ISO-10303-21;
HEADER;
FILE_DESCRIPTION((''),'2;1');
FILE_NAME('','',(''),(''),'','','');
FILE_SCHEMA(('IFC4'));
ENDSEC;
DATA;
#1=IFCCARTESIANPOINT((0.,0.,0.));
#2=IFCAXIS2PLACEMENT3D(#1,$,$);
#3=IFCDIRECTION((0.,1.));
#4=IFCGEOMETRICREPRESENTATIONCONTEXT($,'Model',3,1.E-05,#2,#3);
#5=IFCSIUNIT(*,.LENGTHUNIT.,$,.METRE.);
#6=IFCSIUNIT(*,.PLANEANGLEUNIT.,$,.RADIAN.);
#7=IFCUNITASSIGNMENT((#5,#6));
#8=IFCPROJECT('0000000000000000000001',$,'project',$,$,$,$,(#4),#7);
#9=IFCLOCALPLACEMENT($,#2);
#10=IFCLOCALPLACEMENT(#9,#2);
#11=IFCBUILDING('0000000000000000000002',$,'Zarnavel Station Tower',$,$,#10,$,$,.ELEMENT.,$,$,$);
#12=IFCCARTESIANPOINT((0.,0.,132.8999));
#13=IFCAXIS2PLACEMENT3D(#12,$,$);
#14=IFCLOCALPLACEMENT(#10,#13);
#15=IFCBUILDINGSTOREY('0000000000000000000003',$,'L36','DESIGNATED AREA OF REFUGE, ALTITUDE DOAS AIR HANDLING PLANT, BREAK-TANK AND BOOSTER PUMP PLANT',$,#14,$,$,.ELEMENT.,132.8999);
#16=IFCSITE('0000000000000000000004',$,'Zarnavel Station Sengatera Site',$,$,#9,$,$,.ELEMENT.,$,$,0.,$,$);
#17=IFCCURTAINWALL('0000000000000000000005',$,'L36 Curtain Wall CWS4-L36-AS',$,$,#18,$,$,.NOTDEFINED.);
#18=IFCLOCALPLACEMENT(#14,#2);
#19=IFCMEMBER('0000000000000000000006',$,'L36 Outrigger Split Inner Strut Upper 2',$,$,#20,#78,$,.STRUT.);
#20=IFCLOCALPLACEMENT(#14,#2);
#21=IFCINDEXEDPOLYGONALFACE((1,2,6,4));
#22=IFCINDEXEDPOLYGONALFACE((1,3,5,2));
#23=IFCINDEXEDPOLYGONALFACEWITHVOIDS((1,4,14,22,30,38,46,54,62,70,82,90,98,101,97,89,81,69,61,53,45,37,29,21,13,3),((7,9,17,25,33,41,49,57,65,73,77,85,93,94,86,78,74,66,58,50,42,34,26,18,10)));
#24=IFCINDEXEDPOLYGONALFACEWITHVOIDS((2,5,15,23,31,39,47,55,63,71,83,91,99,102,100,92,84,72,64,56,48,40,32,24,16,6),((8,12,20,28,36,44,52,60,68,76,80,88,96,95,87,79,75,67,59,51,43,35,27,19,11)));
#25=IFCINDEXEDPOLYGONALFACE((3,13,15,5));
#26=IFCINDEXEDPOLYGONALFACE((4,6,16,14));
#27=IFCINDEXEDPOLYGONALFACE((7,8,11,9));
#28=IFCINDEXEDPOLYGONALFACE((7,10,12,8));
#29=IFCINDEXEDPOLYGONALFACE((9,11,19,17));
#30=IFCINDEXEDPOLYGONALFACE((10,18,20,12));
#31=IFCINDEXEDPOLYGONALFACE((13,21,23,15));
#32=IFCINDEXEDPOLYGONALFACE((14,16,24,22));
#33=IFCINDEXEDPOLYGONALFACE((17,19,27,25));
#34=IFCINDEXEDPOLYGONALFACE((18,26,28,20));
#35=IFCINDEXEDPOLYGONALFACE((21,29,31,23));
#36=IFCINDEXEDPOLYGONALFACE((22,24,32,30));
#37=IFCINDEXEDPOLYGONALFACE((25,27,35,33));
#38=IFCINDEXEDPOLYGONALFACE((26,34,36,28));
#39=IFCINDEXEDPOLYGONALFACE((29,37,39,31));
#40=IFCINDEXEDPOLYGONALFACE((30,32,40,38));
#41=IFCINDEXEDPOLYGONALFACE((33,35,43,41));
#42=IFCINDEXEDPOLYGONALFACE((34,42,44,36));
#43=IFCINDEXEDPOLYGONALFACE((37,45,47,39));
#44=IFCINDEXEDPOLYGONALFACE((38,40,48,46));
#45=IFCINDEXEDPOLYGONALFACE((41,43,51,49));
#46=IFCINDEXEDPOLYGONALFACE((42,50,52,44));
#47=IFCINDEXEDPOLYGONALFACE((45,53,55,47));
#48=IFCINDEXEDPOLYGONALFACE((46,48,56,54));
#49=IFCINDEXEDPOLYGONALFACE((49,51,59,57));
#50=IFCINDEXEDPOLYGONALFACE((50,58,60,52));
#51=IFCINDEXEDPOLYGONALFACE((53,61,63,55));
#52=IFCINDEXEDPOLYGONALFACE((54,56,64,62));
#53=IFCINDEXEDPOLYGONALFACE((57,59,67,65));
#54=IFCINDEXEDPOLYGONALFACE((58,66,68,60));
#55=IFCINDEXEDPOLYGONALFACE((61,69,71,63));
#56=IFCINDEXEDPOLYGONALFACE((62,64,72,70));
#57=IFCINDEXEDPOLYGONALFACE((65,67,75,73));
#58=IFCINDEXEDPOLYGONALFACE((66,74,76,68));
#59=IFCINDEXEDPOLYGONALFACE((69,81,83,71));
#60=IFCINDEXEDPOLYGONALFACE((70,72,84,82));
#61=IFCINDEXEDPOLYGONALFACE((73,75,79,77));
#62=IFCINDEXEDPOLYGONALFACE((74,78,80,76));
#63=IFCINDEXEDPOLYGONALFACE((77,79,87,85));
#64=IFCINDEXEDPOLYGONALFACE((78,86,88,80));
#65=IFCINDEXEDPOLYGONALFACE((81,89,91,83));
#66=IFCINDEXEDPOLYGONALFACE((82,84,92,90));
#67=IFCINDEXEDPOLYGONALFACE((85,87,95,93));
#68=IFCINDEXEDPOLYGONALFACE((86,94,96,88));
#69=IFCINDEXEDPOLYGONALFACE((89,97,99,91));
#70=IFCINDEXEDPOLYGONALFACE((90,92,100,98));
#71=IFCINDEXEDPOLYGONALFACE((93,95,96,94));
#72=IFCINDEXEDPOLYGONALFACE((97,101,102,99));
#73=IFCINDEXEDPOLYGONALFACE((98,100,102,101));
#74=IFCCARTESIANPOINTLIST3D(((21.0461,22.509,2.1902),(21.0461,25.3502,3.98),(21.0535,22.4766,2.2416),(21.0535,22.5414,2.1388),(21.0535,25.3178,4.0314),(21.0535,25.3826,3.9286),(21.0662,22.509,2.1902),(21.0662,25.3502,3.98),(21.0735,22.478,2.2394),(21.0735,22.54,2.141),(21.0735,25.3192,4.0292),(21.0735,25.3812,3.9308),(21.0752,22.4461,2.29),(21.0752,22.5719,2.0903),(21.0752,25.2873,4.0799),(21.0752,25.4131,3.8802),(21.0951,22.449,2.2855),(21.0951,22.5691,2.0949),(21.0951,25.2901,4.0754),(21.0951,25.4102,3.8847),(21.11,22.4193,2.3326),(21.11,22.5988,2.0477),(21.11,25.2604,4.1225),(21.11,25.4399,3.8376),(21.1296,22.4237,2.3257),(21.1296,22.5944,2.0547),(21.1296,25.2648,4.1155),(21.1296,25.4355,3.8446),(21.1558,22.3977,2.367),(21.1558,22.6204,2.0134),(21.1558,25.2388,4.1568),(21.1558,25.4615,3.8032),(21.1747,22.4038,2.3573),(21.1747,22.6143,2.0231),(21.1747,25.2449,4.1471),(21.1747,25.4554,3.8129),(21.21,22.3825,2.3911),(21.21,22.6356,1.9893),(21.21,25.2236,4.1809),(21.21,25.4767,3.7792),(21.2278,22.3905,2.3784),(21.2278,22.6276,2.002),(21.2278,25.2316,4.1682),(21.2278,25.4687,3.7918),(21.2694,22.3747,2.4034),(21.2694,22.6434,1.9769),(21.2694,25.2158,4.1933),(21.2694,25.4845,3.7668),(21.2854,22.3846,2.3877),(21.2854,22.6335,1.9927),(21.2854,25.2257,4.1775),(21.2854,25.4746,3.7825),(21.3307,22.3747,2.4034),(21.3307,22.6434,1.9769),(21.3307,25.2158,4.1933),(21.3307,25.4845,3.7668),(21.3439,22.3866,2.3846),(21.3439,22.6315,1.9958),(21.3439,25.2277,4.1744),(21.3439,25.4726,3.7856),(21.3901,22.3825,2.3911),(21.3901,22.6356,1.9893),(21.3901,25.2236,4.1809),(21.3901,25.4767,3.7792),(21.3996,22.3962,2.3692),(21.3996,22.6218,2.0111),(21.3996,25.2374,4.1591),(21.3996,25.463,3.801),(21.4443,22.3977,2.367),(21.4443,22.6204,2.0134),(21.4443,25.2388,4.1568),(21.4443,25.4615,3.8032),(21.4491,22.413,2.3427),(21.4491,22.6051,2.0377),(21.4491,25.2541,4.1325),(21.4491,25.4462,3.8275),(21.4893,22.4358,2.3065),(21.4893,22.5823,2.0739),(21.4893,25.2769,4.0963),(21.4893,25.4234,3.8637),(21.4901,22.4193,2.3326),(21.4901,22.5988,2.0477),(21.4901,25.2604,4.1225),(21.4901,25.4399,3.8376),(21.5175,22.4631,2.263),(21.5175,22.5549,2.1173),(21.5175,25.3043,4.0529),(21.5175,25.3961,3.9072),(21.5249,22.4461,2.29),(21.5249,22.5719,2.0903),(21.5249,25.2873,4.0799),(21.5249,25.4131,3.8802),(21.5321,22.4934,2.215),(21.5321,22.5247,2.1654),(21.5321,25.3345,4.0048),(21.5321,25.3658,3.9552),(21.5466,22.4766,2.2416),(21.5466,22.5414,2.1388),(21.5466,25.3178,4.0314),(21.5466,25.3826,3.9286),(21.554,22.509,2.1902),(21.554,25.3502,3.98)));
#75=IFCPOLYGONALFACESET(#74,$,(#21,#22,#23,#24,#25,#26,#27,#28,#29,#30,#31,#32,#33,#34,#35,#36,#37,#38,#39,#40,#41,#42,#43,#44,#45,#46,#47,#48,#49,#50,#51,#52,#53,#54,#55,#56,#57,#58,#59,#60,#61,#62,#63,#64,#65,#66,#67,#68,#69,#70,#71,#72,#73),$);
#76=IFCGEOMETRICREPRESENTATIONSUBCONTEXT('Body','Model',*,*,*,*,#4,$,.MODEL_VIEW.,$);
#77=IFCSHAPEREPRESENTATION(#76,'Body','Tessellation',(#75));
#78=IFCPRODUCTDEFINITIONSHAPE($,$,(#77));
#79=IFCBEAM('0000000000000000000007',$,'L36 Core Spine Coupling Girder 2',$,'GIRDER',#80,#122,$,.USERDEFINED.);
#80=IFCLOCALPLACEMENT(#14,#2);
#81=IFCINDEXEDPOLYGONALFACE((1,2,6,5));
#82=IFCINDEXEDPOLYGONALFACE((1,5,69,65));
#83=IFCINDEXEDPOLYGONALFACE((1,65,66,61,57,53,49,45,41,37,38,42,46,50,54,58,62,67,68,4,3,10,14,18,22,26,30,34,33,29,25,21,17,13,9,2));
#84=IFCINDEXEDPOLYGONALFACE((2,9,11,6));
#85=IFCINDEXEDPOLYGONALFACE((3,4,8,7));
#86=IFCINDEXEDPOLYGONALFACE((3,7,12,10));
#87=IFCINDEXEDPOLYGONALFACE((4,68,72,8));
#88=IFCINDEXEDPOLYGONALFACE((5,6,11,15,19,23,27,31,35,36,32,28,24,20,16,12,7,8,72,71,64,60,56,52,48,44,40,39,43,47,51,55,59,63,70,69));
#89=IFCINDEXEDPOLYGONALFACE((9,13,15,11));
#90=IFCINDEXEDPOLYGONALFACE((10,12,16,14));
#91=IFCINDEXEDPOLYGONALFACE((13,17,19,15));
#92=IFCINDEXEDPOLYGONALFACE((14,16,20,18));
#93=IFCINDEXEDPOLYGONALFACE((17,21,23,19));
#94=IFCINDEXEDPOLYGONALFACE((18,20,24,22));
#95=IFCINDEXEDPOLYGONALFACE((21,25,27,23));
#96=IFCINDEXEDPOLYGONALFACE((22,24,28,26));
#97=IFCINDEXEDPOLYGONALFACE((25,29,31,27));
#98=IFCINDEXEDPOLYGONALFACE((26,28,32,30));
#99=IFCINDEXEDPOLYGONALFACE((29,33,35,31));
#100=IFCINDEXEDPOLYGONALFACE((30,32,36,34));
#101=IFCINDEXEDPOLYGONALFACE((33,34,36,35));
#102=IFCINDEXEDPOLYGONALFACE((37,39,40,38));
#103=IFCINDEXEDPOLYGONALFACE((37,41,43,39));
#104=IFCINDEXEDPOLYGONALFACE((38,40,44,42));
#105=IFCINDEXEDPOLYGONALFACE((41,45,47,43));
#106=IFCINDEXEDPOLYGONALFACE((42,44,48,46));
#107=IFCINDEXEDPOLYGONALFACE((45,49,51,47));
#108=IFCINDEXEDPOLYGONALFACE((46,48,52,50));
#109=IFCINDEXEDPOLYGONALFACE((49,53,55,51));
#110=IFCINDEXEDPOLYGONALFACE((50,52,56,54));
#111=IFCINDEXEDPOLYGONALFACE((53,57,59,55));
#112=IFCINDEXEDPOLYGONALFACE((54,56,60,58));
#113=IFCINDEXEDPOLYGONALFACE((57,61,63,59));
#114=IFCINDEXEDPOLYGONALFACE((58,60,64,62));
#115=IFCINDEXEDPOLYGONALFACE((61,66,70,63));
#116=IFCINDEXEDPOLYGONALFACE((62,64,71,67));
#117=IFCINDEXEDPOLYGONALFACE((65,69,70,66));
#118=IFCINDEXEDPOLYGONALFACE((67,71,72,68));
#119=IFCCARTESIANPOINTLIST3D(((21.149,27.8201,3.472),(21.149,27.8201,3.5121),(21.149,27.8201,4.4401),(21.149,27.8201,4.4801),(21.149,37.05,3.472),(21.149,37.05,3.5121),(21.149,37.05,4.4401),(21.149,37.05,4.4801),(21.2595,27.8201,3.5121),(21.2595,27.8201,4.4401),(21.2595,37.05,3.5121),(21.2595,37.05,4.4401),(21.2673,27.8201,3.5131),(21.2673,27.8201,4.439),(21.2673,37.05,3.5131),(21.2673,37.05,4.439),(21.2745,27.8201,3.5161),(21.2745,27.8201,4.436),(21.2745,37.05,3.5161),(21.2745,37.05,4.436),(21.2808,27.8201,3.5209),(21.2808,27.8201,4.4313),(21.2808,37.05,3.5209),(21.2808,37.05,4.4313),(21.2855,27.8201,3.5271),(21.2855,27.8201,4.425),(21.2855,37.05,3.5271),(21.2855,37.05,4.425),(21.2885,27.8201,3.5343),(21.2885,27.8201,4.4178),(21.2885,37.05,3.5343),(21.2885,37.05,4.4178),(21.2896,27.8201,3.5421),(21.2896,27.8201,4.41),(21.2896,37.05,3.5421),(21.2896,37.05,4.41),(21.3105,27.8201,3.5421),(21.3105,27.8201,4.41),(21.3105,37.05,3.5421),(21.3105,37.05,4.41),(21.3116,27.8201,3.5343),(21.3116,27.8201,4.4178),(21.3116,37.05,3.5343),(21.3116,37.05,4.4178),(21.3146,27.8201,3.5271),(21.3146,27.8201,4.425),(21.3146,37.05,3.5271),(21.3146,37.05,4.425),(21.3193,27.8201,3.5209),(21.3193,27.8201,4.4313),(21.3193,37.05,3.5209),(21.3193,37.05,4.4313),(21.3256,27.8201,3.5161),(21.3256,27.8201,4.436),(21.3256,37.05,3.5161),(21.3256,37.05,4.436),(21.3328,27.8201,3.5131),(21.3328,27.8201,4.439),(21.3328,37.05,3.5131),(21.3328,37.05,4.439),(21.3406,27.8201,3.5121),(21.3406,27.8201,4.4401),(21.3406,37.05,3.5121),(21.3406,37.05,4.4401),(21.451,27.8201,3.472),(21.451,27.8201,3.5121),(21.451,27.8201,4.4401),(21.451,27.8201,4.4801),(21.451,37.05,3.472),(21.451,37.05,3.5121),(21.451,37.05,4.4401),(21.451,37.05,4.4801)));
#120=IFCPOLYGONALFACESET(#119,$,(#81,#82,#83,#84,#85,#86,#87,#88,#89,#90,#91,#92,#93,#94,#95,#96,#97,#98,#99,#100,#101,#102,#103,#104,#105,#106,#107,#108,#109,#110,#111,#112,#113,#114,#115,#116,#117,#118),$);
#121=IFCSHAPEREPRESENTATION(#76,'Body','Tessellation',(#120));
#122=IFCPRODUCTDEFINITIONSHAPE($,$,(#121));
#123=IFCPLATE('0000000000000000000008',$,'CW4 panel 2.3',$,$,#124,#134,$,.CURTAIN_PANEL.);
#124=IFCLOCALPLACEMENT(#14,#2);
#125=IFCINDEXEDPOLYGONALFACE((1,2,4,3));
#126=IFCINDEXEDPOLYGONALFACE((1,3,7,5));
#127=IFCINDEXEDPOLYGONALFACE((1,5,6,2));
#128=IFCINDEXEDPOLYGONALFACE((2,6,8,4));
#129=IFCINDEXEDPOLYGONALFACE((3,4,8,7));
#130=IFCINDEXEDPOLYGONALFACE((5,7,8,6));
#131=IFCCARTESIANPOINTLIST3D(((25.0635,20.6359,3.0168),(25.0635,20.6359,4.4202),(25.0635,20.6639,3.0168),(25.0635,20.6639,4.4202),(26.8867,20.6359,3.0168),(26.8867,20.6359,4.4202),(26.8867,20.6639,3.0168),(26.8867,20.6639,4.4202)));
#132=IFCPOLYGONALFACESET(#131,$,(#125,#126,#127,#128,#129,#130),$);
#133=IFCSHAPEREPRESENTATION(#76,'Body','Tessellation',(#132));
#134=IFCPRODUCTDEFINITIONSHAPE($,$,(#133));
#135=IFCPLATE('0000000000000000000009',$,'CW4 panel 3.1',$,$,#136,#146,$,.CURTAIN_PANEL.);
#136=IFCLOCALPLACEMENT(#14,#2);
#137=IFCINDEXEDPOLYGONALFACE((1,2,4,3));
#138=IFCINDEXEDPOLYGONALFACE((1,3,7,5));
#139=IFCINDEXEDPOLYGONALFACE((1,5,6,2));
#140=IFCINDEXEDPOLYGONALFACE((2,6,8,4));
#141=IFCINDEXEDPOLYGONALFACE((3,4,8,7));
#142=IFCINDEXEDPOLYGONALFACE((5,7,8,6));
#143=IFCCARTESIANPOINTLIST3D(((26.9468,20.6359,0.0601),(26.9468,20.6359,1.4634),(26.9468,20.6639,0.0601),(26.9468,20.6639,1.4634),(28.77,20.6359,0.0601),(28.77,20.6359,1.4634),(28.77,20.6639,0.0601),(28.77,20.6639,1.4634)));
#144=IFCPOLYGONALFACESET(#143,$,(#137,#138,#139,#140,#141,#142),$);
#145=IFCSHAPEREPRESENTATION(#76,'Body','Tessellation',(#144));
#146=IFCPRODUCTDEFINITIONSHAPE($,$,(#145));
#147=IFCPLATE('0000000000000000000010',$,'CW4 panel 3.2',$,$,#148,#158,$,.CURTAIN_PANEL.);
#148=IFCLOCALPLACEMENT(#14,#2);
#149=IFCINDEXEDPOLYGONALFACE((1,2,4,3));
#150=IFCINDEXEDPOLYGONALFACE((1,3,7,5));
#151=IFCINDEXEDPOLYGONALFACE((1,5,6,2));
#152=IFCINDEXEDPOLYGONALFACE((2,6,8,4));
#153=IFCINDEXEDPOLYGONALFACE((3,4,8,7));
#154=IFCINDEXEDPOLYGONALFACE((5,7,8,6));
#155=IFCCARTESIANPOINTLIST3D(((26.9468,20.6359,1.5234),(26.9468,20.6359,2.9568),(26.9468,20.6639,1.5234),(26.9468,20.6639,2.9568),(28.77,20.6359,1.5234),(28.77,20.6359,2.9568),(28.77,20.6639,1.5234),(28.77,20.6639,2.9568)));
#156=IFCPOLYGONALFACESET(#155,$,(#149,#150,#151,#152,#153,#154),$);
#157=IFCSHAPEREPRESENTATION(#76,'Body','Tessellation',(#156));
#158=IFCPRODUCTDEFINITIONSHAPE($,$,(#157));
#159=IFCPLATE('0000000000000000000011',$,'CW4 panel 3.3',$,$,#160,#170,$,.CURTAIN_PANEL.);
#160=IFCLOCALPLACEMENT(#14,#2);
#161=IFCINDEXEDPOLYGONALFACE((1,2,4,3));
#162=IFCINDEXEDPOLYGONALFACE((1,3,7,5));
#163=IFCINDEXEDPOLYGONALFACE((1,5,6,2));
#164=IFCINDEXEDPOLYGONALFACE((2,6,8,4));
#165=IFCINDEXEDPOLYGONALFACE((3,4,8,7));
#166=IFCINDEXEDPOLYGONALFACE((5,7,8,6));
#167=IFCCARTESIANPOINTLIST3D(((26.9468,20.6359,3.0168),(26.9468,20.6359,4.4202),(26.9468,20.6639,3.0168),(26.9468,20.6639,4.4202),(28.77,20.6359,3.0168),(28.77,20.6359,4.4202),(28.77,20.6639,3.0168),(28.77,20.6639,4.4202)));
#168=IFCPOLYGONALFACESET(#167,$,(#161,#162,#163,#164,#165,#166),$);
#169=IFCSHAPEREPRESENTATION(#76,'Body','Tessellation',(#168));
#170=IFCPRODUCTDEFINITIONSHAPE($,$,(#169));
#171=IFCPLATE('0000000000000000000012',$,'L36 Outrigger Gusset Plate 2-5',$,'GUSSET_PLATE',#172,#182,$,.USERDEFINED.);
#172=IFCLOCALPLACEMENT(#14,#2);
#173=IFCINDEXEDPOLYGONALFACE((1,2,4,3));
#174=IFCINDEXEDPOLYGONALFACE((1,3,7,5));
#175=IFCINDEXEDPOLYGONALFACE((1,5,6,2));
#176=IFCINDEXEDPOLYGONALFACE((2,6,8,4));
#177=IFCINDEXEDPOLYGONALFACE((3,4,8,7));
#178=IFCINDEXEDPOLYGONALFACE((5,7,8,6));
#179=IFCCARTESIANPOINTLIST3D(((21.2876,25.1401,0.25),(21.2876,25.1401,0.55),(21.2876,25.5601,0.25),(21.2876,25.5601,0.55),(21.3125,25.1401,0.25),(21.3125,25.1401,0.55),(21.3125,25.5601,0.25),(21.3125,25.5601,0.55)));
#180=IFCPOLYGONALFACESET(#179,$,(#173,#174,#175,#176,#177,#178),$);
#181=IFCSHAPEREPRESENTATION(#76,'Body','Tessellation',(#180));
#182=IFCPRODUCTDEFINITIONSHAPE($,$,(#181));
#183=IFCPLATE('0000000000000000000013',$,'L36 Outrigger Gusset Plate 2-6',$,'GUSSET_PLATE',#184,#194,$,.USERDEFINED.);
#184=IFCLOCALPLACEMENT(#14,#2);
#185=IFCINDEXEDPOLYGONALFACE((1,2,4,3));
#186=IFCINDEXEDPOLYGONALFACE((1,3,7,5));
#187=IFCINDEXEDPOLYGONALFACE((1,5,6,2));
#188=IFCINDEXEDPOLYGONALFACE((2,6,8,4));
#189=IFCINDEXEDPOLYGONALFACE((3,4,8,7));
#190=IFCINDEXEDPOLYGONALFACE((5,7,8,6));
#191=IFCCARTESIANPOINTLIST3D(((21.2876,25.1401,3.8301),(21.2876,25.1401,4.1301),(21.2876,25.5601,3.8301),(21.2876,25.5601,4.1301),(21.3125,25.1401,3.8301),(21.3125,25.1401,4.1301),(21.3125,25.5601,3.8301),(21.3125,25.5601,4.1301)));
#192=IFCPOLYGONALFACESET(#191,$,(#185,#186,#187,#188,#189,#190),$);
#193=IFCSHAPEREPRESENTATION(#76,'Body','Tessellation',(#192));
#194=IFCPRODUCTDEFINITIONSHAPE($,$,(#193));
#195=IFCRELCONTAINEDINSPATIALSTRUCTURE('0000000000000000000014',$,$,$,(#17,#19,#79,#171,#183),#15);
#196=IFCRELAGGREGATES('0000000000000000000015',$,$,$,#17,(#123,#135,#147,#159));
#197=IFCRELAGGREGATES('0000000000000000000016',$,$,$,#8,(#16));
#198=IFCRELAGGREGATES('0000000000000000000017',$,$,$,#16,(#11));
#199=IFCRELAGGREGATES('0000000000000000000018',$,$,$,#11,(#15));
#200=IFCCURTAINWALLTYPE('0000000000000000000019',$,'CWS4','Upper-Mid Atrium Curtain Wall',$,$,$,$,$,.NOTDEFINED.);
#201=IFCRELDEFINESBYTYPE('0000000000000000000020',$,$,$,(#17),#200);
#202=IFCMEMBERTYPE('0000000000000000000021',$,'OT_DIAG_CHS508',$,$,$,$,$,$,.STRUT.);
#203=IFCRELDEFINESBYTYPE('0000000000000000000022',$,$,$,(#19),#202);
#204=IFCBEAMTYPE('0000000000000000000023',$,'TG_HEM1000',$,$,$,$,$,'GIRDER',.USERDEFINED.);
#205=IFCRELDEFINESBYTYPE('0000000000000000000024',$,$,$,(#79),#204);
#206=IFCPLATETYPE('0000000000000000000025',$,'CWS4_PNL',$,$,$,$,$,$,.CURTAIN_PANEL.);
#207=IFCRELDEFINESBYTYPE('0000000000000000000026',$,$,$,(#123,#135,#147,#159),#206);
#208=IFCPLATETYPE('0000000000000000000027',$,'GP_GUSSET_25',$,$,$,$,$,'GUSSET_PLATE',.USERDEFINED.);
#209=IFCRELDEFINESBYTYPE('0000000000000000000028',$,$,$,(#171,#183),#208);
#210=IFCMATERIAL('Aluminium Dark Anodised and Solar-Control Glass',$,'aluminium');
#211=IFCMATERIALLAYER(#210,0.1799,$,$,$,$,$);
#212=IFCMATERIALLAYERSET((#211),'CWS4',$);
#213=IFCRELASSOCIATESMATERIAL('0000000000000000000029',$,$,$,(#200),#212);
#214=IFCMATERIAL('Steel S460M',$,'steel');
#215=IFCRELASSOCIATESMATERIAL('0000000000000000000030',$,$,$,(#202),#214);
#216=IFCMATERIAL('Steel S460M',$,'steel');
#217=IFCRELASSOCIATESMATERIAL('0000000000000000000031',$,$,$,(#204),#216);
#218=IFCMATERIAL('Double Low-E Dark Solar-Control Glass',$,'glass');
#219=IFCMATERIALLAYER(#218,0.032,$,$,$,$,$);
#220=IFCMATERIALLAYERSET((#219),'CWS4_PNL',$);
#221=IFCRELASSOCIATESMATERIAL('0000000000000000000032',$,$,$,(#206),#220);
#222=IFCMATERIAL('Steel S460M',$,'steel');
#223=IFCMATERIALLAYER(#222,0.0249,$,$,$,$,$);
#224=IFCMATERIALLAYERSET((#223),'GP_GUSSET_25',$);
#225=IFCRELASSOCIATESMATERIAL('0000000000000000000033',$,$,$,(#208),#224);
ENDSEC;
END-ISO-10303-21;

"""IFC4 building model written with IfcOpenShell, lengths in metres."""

from ifc_helpers import new_model, si_unit, direction, frame, origin, origin_2d, place, context, subcontext, project, spatial, rectangle, hollow_circle, i_section, extrude, material, layer, layer_set, material_profile, profile_set, type_object, element, aggregate, save


model = new_model("IFC4")

# Units and contexts
model_context = context("Model", 3, precision=1e-05, world=origin(), true_north=direction((0.0, 1.0)))
body_context = subcontext(model_context, "Body", "Model", "MODEL_VIEW")
ifc_project = project(units=[si_unit("LENGTHUNIT", "METRE"), si_unit("PLANEANGLEUNIT", "RADIAN")], contexts=[model_context])

# Site, building, storey
site_placement = place(None, origin())
site = spatial("IfcSite", under=ifc_project, at=site_placement, Name="Zarnavel Station Sengatera Site", CompositionType="ELEMENT", RefElevation=0.0)
building_placement = place(site_placement, origin())
building = spatial("IfcBuilding", under=site, at=building_placement, Name="Zarnavel Station Tower", CompositionType="ELEMENT")
storey_placement = place(building_placement, frame((0.0, 0.0, 132.8999)))
storey = spatial("IfcBuildingStorey", under=building, at=storey_placement, Name="L36", Description="DESIGNATED AREA OF REFUGE, ALTITUDE DOAS AIR HANDLING PLANT, BREAK-TANK AND BOOSTER PUMP PLANT", CompositionType="ELEMENT", Elevation=132.8999)

# Curtain wall
ifc_material_1 = material(Name="Aluminium Dark Anodised and Solar-Control Glass", Category="aluminium")
ifc_layer_1 = layer(ifc_material_1, 0.1799)
ifc_layer_set_1 = layer_set([ifc_layer_1], Name="CWS4")
curtain_wall_type = type_object("IfcCurtainWallType", Name="CWS4", Description="Upper-Mid Atrium Curtain Wall", PredefinedType="NOTDEFINED", material=ifc_layer_set_1)
curtain_wall_placement = place(storey_placement, origin())
curtain_wall = element("IfcCurtainWall", 1, at=curtain_wall_placement, inside=storey, type_object=curtain_wall_type, Name="L36 Curtain Wall CWS4-L36-AS", PredefinedType="NOTDEFINED")

# Member
ifc_material_2 = material(Name="Steel S460M", Category="steel")
ifc_material_profile_1 = material_profile(ifc_material_2, hollow_circle(Radius=0.2539, WallThickness=0.02, at=origin_2d()), Name="CHS508x20")
ifc_profile_set_1 = profile_set([ifc_material_profile_1], Name="Steel S460M")
member_type_1 = type_object("IfcMemberType", Name="OT_DIAG_CHS508", PredefinedType="STRUT", material=ifc_profile_set_1)
member_1_placement = place(storey_placement, frame((21.3, 22.509, 2.1902), z_axis=(0.0, 0.846102, 0.533022), x_axis=(-1.0, 0.0, 0.0)))
element("IfcMember", 2, at=member_1_placement, inside=storey, type_object=member_type_1, Name="L36 Outrigger Split Inner Strut Upper 2", PredefinedType="STRUT", context=body_context, shape_type="SweptSolid", body=[
    extrude(hollow_circle(Radius=0.2539, WallThickness=0.02, at=origin_2d()), origin(), (0.0, 0.0, 1.0), 3.3579),
])

# Beam
ifc_material_3 = material(Name="Steel S460M", Category="steel")
ifc_material_profile_2 = material_profile(ifc_material_3, i_section(OverallWidth=0.302, OverallDepth=1.0081, WebThickness=0.021, FlangeThickness=0.04, FilletRadius=0.03, at=origin_2d()), Name="HEM1000")
ifc_profile_set_2 = profile_set([ifc_material_profile_2], Name="Steel S460M")
beam_type_1 = type_object("IfcBeamType", Name="TG_HEM1000", ElementType="GIRDER", PredefinedType="USERDEFINED", material=ifc_profile_set_2)
beam_1_placement = place(storey_placement, frame((21.3, 27.8201, 3.9761), z_axis=(0.0, 1.0, 0.0), x_axis=(-1.0, 0.0, 0.0)))
element("IfcBeam", 3, at=beam_1_placement, inside=storey, type_object=beam_type_1, Name="L36 Core Spine Coupling Girder 2", ObjectType="GIRDER", PredefinedType="USERDEFINED", context=body_context, shape_type="SweptSolid", body=[
    extrude(i_section(OverallWidth=0.302, OverallDepth=1.0081, WebThickness=0.021, FlangeThickness=0.04, FilletRadius=0.03, at=origin_2d()), origin(), (0.0, 0.0, 1.0), 9.23),
])

# Plates
ifc_material_4 = material(Name="Double Low-E Dark Solar-Control Glass", Category="glass")
ifc_layer_2 = layer(ifc_material_4, 0.032)
ifc_layer_set_2 = layer_set([ifc_layer_2], Name="CWS4_PNL")
plate_type_1 = type_object("IfcPlateType", Name="CWS4_PNL", PredefinedType="CURTAIN_PANEL", material=ifc_layer_set_2)
plate_1_placement = place(storey_placement, frame((25.9751, 20.6499, 3.0168), z_axis=(0.0, 0.0, 1.0), x_axis=(1.0, 0.0, 0.0)))
plate_1 = element("IfcPlate", 4, at=plate_1_placement, type_object=plate_type_1, Name="CW4 panel 2.3", PredefinedType="CURTAIN_PANEL", context=body_context, shape_type="SweptSolid", body=[
    extrude(rectangle(XDim=1.8232, YDim=0.0281, at=origin_2d()), origin(), (0.0, 0.0, 1.0), 1.4033),
])
plate_2_placement = place(storey_placement, frame((27.8584, 20.6499, 0.0601), z_axis=(0.0, 0.0, 1.0), x_axis=(1.0, 0.0, 0.0)))
plate_2 = element("IfcPlate", 5, at=plate_2_placement, type_object=plate_type_1, Name="CW4 panel 3.1", PredefinedType="CURTAIN_PANEL", context=body_context, shape_type="SweptSolid", body=[
    extrude(rectangle(XDim=1.8232, YDim=0.0281, at=origin_2d()), origin(), (0.0, 0.0, 1.0), 1.4033),
])
plate_3_placement = place(storey_placement, frame((27.8584, 20.6499, 1.5234), z_axis=(0.0, 0.0, 1.0), x_axis=(1.0, 0.0, 0.0)))
plate_3 = element("IfcPlate", 6, at=plate_3_placement, type_object=plate_type_1, Name="CW4 panel 3.2", PredefinedType="CURTAIN_PANEL", context=body_context, shape_type="SweptSolid", body=[
    extrude(rectangle(XDim=1.8232, YDim=0.0281, at=origin_2d()), origin(), (0.0, 0.0, 1.0), 1.4333),
])
plate_4_placement = place(storey_placement, frame((27.8584, 20.6499, 3.0168), z_axis=(0.0, 0.0, 1.0), x_axis=(1.0, 0.0, 0.0)))
plate_4 = element("IfcPlate", 7, at=plate_4_placement, type_object=plate_type_1, Name="CW4 panel 3.3", PredefinedType="CURTAIN_PANEL", context=body_context, shape_type="SweptSolid", body=[
    extrude(rectangle(XDim=1.8232, YDim=0.0281, at=origin_2d()), origin(), (0.0, 0.0, 1.0), 1.4033),
])
aggregate(curtain_wall, [plate_1, plate_2, plate_3, plate_4])

# Plates
ifc_material_5 = material(Name="Steel S460M", Category="steel")
ifc_layer_3 = layer(ifc_material_5, 0.0249)
ifc_layer_set_3 = layer_set([ifc_layer_3], Name="GP_GUSSET_25")
plate_type_2 = type_object("IfcPlateType", Name="GP_GUSSET_25", ElementType="GUSSET_PLATE", PredefinedType="USERDEFINED", material=ifc_layer_set_3)
for number, where, z_axis, x_axis, name in (
    (8, (21.3, 25.3501, 0.25), (0.0, 0.0, 1.0), (1.0, 0.0, 0.0), "L36 Outrigger Gusset Plate 2-5"),
    (9, (21.3, 25.3501, 3.8301), (0.0, 0.0, 1.0), (1.0, 0.0, 0.0), "L36 Outrigger Gusset Plate 2-6"),
):
    element("IfcPlate", number, at=place(storey_placement, frame(where, z_axis=z_axis, x_axis=x_axis)), inside=storey, type_object=plate_type_2, Name=name, ObjectType="GUSSET_PLATE", PredefinedType="USERDEFINED", context=body_context, shape_type="SweptSolid", body=[
        extrude(rectangle(XDim=0.0249, YDim=0.4199, at=origin_2d()), origin(), (0.0, 0.0, 1.0), 0.3),
    ])

save(model, "model.ifc")
